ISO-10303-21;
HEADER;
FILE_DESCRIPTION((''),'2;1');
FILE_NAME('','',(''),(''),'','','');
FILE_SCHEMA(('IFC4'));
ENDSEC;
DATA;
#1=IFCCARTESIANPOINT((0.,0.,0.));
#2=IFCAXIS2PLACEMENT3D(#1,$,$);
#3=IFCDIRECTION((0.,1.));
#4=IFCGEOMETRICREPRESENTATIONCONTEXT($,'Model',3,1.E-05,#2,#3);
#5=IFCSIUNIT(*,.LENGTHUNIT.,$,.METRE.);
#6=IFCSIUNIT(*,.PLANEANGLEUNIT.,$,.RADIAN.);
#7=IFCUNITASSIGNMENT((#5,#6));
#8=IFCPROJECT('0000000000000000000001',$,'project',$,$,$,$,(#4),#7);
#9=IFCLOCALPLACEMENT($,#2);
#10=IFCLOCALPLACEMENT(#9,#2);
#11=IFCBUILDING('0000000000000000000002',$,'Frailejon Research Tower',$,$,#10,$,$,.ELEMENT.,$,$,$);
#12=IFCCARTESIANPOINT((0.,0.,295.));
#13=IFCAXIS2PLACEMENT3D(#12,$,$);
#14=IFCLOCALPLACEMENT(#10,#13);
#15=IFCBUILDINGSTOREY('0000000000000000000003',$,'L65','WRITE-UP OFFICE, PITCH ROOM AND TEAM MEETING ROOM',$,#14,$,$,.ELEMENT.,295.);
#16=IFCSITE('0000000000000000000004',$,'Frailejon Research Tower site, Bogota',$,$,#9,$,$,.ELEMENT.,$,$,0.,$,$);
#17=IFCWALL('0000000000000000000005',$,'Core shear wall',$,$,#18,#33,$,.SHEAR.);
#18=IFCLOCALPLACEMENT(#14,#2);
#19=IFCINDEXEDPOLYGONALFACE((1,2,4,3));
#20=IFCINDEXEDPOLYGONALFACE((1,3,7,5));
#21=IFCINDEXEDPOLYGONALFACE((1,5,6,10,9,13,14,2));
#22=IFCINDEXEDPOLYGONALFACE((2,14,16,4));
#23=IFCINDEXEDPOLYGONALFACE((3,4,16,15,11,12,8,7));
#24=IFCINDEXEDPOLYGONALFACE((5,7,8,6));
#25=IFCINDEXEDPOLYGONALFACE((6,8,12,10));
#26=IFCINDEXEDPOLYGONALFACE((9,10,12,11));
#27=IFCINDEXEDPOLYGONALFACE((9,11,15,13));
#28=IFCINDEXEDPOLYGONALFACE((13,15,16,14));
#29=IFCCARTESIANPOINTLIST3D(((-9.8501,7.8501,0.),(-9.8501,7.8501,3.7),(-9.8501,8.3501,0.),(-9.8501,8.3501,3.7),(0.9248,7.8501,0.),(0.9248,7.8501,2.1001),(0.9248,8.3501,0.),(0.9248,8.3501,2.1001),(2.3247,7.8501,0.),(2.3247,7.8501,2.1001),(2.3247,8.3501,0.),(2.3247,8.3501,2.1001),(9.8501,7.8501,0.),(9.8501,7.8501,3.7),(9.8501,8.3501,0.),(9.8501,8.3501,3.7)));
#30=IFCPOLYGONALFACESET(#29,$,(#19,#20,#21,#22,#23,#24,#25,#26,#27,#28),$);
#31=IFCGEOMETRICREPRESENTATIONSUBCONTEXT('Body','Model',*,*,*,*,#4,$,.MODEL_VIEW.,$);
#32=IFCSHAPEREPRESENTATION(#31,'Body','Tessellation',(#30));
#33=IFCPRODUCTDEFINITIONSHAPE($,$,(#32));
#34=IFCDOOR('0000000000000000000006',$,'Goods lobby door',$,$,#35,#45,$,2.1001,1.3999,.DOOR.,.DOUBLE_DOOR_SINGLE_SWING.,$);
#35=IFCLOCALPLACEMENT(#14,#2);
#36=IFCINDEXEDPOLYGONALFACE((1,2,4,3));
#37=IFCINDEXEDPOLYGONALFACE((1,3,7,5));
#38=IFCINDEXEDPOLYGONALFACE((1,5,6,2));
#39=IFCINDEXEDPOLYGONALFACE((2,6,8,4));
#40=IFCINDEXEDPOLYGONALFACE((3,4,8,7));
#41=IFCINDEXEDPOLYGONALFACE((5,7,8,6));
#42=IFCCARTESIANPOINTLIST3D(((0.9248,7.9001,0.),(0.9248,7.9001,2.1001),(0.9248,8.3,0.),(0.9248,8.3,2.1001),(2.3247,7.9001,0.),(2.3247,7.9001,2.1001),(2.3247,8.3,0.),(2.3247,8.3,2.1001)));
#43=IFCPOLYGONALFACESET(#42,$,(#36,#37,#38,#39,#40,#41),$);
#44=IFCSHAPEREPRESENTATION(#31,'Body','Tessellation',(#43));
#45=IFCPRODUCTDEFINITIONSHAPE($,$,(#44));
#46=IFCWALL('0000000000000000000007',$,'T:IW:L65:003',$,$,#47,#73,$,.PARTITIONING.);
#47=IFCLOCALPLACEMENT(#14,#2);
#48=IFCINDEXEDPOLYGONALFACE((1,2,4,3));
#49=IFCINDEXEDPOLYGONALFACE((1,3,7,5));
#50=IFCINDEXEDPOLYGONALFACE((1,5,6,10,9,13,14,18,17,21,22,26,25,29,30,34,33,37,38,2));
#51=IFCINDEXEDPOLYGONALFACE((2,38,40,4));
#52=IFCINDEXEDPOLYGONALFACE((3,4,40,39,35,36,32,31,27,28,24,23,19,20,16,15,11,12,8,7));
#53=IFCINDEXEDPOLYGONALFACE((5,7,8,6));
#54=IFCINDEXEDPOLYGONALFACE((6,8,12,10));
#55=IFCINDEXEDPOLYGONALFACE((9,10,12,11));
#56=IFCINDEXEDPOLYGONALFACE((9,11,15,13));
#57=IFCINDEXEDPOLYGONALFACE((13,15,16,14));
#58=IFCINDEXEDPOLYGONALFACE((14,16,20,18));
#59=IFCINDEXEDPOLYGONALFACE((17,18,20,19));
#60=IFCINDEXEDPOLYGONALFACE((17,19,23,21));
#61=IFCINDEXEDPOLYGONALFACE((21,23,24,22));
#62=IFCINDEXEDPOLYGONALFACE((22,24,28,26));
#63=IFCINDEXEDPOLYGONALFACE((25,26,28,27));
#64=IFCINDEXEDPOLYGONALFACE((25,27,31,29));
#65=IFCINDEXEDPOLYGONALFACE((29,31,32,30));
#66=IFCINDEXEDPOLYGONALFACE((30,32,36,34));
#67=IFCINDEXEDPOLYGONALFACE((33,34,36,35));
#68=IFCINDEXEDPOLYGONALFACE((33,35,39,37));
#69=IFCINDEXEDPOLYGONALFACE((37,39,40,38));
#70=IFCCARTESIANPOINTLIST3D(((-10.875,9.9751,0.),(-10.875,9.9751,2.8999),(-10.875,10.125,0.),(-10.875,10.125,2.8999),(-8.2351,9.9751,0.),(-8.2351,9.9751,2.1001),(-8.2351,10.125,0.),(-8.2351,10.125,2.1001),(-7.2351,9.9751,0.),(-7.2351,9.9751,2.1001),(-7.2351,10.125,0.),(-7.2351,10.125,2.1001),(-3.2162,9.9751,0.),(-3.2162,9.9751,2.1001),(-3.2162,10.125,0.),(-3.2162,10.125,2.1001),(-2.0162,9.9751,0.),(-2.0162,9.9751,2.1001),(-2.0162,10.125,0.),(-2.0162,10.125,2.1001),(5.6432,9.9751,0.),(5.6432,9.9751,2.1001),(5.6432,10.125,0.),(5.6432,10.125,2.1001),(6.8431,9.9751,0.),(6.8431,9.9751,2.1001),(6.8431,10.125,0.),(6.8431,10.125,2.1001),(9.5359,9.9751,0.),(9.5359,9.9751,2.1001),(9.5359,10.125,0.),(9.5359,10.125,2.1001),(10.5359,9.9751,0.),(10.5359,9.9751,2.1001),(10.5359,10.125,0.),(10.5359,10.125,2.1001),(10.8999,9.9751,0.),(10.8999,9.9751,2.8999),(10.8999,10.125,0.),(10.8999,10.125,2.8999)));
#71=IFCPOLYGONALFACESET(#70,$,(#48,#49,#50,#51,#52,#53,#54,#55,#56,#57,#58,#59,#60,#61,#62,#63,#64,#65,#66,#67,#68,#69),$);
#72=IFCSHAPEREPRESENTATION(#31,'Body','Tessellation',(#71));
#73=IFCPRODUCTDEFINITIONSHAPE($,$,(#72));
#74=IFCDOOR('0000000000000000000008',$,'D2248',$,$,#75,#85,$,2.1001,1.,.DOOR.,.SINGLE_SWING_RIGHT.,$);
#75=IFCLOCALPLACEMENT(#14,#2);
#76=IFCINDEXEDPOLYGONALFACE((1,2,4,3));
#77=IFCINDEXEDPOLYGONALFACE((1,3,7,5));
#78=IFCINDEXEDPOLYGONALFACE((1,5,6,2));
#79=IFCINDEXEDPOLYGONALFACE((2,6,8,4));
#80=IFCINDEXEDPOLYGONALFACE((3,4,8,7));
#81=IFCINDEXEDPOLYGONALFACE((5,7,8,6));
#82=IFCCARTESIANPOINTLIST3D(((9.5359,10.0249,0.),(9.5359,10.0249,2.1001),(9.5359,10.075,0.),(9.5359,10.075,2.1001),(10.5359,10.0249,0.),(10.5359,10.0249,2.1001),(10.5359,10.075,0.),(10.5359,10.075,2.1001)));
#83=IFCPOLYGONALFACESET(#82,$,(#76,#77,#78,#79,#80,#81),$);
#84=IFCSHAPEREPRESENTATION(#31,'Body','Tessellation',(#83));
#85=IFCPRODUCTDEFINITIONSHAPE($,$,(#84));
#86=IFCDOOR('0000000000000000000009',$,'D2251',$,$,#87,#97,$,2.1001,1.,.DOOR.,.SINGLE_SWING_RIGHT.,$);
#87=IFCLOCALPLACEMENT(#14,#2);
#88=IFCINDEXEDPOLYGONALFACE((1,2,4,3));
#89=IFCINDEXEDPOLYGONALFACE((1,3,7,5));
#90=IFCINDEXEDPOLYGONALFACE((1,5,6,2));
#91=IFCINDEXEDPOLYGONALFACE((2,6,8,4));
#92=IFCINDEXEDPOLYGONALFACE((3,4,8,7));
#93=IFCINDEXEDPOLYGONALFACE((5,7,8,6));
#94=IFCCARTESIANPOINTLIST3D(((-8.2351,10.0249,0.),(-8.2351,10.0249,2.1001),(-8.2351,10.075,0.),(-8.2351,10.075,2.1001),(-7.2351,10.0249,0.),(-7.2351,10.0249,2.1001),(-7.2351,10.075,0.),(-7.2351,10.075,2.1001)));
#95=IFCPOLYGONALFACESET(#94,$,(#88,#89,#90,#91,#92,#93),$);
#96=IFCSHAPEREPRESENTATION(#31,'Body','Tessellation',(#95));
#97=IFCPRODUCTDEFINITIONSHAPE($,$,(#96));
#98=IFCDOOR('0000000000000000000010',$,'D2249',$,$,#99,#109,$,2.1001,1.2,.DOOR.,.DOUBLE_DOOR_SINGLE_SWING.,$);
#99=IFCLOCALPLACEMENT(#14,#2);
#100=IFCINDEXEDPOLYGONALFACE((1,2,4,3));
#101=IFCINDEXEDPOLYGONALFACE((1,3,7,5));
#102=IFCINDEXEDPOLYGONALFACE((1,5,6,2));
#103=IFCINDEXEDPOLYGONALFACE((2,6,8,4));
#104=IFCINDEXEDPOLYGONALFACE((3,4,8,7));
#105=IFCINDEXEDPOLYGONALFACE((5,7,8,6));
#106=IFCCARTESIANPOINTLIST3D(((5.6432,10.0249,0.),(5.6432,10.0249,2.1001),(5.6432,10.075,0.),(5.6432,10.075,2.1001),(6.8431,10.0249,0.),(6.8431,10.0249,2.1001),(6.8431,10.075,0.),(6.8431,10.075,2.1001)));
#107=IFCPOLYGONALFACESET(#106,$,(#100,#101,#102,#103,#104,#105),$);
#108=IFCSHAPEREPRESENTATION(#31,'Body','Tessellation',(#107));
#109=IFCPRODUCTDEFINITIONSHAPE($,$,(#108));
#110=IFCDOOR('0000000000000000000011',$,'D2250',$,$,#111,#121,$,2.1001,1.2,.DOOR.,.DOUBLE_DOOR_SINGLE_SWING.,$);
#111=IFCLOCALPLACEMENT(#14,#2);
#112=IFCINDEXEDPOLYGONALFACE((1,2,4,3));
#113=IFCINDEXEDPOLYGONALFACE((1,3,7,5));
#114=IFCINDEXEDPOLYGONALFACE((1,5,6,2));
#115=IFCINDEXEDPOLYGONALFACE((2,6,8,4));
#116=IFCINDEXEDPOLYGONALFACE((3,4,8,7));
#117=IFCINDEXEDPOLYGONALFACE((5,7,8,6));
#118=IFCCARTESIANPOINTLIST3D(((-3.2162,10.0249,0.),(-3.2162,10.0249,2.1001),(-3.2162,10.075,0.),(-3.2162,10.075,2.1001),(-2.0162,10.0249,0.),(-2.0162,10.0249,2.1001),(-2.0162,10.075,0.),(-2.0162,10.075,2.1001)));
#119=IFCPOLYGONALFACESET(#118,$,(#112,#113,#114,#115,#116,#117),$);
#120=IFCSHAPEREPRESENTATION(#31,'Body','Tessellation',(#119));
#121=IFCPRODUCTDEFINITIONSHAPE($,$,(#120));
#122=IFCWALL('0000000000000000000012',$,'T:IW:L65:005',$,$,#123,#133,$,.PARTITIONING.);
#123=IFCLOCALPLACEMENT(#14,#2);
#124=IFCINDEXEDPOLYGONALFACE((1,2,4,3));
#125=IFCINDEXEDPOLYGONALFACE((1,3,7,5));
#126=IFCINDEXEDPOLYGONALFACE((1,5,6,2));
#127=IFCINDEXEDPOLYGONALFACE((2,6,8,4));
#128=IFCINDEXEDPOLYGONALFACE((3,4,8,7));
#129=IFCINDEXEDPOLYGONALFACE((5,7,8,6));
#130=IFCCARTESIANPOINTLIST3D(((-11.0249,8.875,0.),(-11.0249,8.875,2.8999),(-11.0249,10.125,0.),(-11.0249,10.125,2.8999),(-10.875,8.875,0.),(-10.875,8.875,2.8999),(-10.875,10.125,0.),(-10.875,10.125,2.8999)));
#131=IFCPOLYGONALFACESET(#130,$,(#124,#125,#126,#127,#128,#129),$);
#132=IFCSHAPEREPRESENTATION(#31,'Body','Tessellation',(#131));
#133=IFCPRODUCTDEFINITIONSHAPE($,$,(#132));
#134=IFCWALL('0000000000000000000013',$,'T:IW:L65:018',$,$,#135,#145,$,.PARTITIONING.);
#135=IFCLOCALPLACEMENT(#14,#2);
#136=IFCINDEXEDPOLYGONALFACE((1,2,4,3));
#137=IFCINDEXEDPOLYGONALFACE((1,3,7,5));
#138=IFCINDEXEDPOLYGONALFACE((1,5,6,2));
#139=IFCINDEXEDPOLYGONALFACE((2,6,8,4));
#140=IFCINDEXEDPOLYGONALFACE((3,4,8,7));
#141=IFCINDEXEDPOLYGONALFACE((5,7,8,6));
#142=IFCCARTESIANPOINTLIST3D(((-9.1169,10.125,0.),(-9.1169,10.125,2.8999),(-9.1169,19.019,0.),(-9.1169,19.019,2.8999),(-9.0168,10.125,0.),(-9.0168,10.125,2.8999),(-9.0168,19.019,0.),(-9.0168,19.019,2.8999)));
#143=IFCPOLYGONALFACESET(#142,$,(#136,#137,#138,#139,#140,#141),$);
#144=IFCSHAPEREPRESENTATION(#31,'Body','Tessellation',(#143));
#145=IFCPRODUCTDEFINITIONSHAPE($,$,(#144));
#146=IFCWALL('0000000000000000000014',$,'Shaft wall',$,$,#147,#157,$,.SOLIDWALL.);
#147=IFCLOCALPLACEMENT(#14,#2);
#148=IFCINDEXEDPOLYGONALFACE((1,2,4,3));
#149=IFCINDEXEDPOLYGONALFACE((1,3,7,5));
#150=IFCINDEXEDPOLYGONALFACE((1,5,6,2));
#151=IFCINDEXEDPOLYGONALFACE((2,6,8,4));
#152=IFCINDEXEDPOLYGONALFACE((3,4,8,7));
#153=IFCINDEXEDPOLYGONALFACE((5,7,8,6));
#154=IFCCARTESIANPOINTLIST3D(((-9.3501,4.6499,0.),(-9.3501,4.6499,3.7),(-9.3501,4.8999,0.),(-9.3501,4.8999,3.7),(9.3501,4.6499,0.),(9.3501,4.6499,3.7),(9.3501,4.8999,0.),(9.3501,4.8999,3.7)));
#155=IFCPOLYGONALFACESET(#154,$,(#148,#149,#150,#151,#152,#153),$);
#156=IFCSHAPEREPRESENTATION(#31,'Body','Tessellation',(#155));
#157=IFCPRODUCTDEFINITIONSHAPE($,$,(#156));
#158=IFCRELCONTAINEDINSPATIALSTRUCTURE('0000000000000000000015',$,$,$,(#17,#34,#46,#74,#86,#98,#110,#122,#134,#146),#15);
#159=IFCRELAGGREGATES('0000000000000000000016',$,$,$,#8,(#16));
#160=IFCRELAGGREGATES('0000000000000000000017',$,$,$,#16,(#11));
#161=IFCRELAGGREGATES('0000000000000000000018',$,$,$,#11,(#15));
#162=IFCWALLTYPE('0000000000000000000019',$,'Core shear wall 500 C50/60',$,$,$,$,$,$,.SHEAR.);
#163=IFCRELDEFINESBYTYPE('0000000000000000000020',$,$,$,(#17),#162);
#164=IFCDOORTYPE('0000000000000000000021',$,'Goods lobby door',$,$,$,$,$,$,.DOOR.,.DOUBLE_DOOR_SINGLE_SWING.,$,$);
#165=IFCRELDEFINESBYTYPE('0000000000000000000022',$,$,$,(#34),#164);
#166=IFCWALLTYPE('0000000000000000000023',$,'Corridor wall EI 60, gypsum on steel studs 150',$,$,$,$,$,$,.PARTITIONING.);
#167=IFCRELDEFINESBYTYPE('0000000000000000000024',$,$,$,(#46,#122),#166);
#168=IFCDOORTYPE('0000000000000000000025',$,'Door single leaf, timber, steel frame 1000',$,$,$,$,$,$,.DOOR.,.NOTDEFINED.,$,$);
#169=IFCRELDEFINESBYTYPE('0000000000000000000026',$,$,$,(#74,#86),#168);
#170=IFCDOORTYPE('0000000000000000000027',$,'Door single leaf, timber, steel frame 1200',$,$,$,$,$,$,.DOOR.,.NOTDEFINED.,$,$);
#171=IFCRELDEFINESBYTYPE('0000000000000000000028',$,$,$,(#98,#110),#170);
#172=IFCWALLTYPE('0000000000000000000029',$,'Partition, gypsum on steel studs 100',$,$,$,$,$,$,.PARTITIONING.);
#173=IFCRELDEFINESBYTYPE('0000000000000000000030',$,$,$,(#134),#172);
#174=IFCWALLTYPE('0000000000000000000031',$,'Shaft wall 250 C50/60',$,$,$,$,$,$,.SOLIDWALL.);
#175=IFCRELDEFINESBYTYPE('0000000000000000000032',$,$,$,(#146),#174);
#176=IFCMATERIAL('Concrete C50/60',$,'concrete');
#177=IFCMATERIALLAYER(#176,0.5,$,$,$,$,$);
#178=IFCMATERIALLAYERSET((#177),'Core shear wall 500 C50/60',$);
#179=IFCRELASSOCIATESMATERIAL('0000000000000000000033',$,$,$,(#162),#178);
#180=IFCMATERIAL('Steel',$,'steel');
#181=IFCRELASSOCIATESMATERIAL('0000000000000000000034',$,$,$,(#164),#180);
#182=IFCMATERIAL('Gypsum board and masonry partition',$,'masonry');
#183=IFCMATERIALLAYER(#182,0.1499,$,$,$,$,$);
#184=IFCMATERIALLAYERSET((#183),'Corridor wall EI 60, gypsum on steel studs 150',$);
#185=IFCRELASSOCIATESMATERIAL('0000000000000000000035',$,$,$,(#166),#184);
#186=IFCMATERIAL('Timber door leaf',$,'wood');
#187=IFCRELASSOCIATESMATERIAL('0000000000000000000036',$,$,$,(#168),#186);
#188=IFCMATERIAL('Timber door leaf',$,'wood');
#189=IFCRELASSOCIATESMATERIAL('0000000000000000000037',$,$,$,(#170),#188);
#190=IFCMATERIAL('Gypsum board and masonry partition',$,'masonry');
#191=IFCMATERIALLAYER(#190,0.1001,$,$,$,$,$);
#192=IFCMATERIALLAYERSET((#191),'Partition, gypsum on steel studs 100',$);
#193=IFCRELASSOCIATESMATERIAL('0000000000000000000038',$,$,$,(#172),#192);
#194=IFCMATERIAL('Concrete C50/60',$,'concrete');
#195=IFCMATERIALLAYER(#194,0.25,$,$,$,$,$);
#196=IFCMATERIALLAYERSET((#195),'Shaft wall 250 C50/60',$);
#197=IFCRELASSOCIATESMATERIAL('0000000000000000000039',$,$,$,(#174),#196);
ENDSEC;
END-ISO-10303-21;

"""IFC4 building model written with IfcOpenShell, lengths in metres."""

from ifc_helpers import new_model, si_unit, direction, frame, frame_2d, origin, place, context, subcontext, project, spatial, rectangle, extrude, material, layer, layer_set, type_object, element, fill, save


model = new_model("IFC4")

# Units and contexts
model_context = context("Model", 3, precision=1e-05, world=origin(), true_north=direction((0.0, 1.0)))
body_context = subcontext(model_context, "Body", "Model", "MODEL_VIEW")
ifc_project = project(units=[si_unit("LENGTHUNIT", "METRE"), si_unit("PLANEANGLEUNIT", "RADIAN")], contexts=[model_context])

# Site, building, storey
site_placement = place(None, origin())
site = spatial("IfcSite", under=ifc_project, at=site_placement, Name="Frailejon Research Tower site, Bogota", CompositionType="ELEMENT", RefElevation=0.0)
building_placement = place(site_placement, origin())
building = spatial("IfcBuilding", under=site, at=building_placement, Name="Frailejon Research Tower", CompositionType="ELEMENT")
storey_placement = place(building_placement, frame((0.0, 0.0, 295.0)))
storey = spatial("IfcBuildingStorey", under=building, at=storey_placement, Name="L65", Description="WRITE-UP OFFICE, PITCH ROOM AND TEAM MEETING ROOM", CompositionType="ELEMENT", Elevation=295.0)

# Wall, opening, door
ifc_material_1 = material(Name="Concrete C50/60", Category="concrete")
ifc_layer_1 = layer(ifc_material_1, 0.5)
ifc_layer_set_1 = layer_set([ifc_layer_1], Name="Core shear wall 500 C50/60")
wall_type_1 = type_object("IfcWallType", Name="Core shear wall 500 C50/60", PredefinedType="SHEAR", material=ifc_layer_set_1)
wall_1_placement = place(storey_placement, frame((-9.8501, 8.1001, 0.0), z_axis=(0.0, 0.0, 1.0), x_axis=(1.0, 0.0, 0.0)))
wall_1 = element("IfcWall", 1, at=wall_1_placement, inside=storey, type_object=wall_type_1, Name="Core shear wall", PredefinedType="SHEAR", context=body_context, shape_type="SweptSolid", body=[
    extrude(rectangle(XDim=19.7002, YDim=0.5, at=frame_2d((9.8501, 0.0))), origin(), (0.0, 0.0, 1.0), 3.7),
])
opening_1_placement = place(wall_1_placement, frame((10.7749, 0.0, 0.0)))
opening_1 = element("IfcOpeningElement", 2, at=opening_1_placement, cuts=wall_1, PredefinedType="OPENING", context=body_context, shape_type="SweptSolid", body=[
    extrude(rectangle(XDim=1.3999, YDim=2.1001, at=frame_2d((0.7, 1.05))), frame((0.0, 0.26, 0.0), z_axis=(0.0, -1.0, 0.0), x_axis=(1.0, 0.0, 0.0)), (0.0, 0.0, 1.0), 0.52),
])
ifc_material_2 = material(Name="Steel", Category="steel")
door_type_1 = type_object("IfcDoorType", Name="Goods lobby door", OperationType="DOUBLE_DOOR_SINGLE_SWING", PredefinedType="DOOR", material=ifc_material_2)
door_1_placement = place(opening_1_placement, origin())
door_1 = element("IfcDoor", 3, at=door_1_placement, inside=storey, type_object=door_type_1, Name="Goods lobby door", OperationType="DOUBLE_DOOR_SINGLE_SWING", OverallHeight=2.1001, OverallWidth=1.3999, PredefinedType="DOOR", context=body_context, shape_type="SweptSolid", body=[
    extrude(rectangle(XDim=1.3999, YDim=2.1001, at=frame_2d((0.7, 1.05))), frame((0.0, 0.2, 0.0), z_axis=(0.0, -1.0, 0.0), x_axis=(1.0, 0.0, 0.0)), (0.0, 0.0, 1.0), 0.3999),
])
fill(opening_1, door_1)

# Wall, openings, doors
ifc_material_3 = material(Name="Gypsum board and masonry partition", Category="masonry")
ifc_layer_2 = layer(ifc_material_3, 0.1499)
ifc_layer_set_2 = layer_set([ifc_layer_2], Name="Corridor wall EI 60, gypsum on steel studs 150")
wall_type_2 = type_object("IfcWallType", Name="Corridor wall EI 60, gypsum on steel studs 150", PredefinedType="PARTITIONING", material=ifc_layer_set_2)
wall_2_placement = place(storey_placement, frame((-10.875, 10.05, 0.0), z_axis=(0.0, 0.0, 1.0), x_axis=(1.0, 0.0, 0.0)))
wall_2 = element("IfcWall", 4, at=wall_2_placement, inside=storey, type_object=wall_type_2, Name="T:IW:L65:003", PredefinedType="PARTITIONING", context=body_context, shape_type="SweptSolid", body=[
    extrude(rectangle(XDim=21.7749, YDim=0.1499, at=frame_2d((10.8875, 0.0))), origin(), (0.0, 0.0, 1.0), 2.8999),
])
opening_2_placement = place(wall_2_placement, frame((20.4109, 0.0, 0.0)))
opening_2 = element("IfcOpeningElement", 5, at=opening_2_placement, cuts=wall_2, PredefinedType="OPENING", context=body_context, shape_type="SweptSolid", body=[
    extrude(rectangle(XDim=1.0, YDim=2.1001, at=frame_2d((0.5, 1.05))), frame((0.0, 0.085, 0.0), z_axis=(0.0, -1.0, 0.0), x_axis=(1.0, 0.0, 0.0)), (0.0, 0.0, 1.0), 0.1699),
])
opening_3_placement = place(wall_2_placement, frame((16.5181, 0.0, 0.0)))
opening_3 = element("IfcOpeningElement", 6, at=opening_3_placement, cuts=wall_2, PredefinedType="OPENING", context=body_context, shape_type="SweptSolid", body=[
    extrude(rectangle(XDim=1.2, YDim=2.1001, at=frame_2d((0.6001, 1.05))), frame((0.0, 0.085, 0.0), z_axis=(0.0, -1.0, 0.0), x_axis=(1.0, 0.0, 0.0)), (0.0, 0.0, 1.0), 0.1699),
])
opening_4_placement = place(wall_2_placement, frame((7.6587, 0.0, 0.0)))
opening_4 = element("IfcOpeningElement", 7, at=opening_4_placement, cuts=wall_2, PredefinedType="OPENING", context=body_context, shape_type="SweptSolid", body=[
    extrude(rectangle(XDim=1.2, YDim=2.1001, at=frame_2d((0.6001, 1.05))), frame((0.0, 0.085, 0.0), z_axis=(0.0, -1.0, 0.0), x_axis=(1.0, 0.0, 0.0)), (0.0, 0.0, 1.0), 0.1699),
])
opening_5_placement = place(wall_2_placement, frame((2.6399, 0.0, 0.0)))
opening_5 = element("IfcOpeningElement", 8, at=opening_5_placement, cuts=wall_2, PredefinedType="OPENING", context=body_context, shape_type="SweptSolid", body=[
    extrude(rectangle(XDim=1.0, YDim=2.1001, at=frame_2d((0.5, 1.05))), frame((0.0, 0.085, 0.0), z_axis=(0.0, -1.0, 0.0), x_axis=(1.0, 0.0, 0.0)), (0.0, 0.0, 1.0), 0.1699),
])
ifc_material_4 = material(Name="Timber door leaf", Category="wood")
door_type_2 = type_object("IfcDoorType", Name="Door single leaf, timber, steel frame 1000", OperationType="NOTDEFINED", PredefinedType="DOOR", material=ifc_material_4)
door_2_placement = place(opening_2_placement, origin())
door_2 = element("IfcDoor", 9, at=door_2_placement, inside=storey, type_object=door_type_2, Name="D2248", OperationType="SINGLE_SWING_RIGHT", OverallHeight=2.1001, OverallWidth=1.0, PredefinedType="DOOR", context=body_context, shape_type="SweptSolid", body=[
    extrude(rectangle(XDim=1.0, YDim=2.1001, at=frame_2d((0.5, 1.05))), frame((0.0, 0.0249, 0.0), z_axis=(0.0, -1.0, 0.0), x_axis=(1.0, 0.0, 0.0)), (0.0, 0.0, 1.0), 0.05),
])
fill(opening_2, door_2)
door_3_placement = place(opening_5_placement, origin())
door_3 = element("IfcDoor", 10, at=door_3_placement, inside=storey, type_object=door_type_2, Name="D2251", OperationType="SINGLE_SWING_RIGHT", OverallHeight=2.1001, OverallWidth=1.0, PredefinedType="DOOR", context=body_context, shape_type="SweptSolid", body=[
    extrude(rectangle(XDim=1.0, YDim=2.1001, at=frame_2d((0.5, 1.05))), frame((0.0, 0.0249, 0.0), z_axis=(0.0, -1.0, 0.0), x_axis=(1.0, 0.0, 0.0)), (0.0, 0.0, 1.0), 0.05),
])
fill(opening_5, door_3)
ifc_material_5 = material(Name="Timber door leaf", Category="wood")
door_type_3 = type_object("IfcDoorType", Name="Door single leaf, timber, steel frame 1200", OperationType="NOTDEFINED", PredefinedType="DOOR", material=ifc_material_5)
door_4_placement = place(opening_3_placement, origin())
door_4 = element("IfcDoor", 11, at=door_4_placement, inside=storey, type_object=door_type_3, Name="D2249", OperationType="DOUBLE_DOOR_SINGLE_SWING", OverallHeight=2.1001, OverallWidth=1.2, PredefinedType="DOOR", context=body_context, shape_type="SweptSolid", body=[
    extrude(rectangle(XDim=1.2, YDim=2.1001, at=frame_2d((0.6001, 1.05))), frame((0.0, 0.0249, 0.0), z_axis=(0.0, -1.0, 0.0), x_axis=(1.0, 0.0, 0.0)), (0.0, 0.0, 1.0), 0.05),
])
fill(opening_3, door_4)
door_5_placement = place(opening_4_placement, origin())
door_5 = element("IfcDoor", 12, at=door_5_placement, inside=storey, type_object=door_type_3, Name="D2250", OperationType="DOUBLE_DOOR_SINGLE_SWING", OverallHeight=2.1001, OverallWidth=1.2, PredefinedType="DOOR", context=body_context, shape_type="SweptSolid", body=[
    extrude(rectangle(XDim=1.2, YDim=2.1001, at=frame_2d((0.6001, 1.05))), frame((0.0, 0.0249, 0.0), z_axis=(0.0, -1.0, 0.0), x_axis=(1.0, 0.0, 0.0)), (0.0, 0.0, 1.0), 0.05),
])
fill(opening_4, door_5)

# Walls
wall_3_placement = place(storey_placement, frame((-10.95, 8.875, 0.0), z_axis=(0.0, 0.0, 1.0), x_axis=(0.0, 1.0, 0.0)))
element("IfcWall", 13, at=wall_3_placement, inside=storey, type_object=wall_type_2, Name="T:IW:L65:005", PredefinedType="PARTITIONING", context=body_context, shape_type="SweptSolid", body=[
    extrude(rectangle(XDim=1.25, YDim=0.1499, at=frame_2d((0.625, 0.0))), origin(), (0.0, 0.0, 1.0), 2.8999),
])
ifc_material_6 = material(Name="Gypsum board and masonry partition", Category="masonry")
ifc_layer_3 = layer(ifc_material_6, 0.1001)
ifc_layer_set_3 = layer_set([ifc_layer_3], Name="Partition, gypsum on steel studs 100")
wall_type_3 = type_object("IfcWallType", Name="Partition, gypsum on steel studs 100", PredefinedType="PARTITIONING", material=ifc_layer_set_3)
wall_4_placement = place(storey_placement, frame((-9.0669, 10.125, 0.0), z_axis=(0.0, 0.0, 1.0), x_axis=(0.0, 1.0, 0.0)))
element("IfcWall", 14, at=wall_4_placement, inside=storey, type_object=wall_type_3, Name="T:IW:L65:018", PredefinedType="PARTITIONING", context=body_context, shape_type="SweptSolid", body=[
    extrude(rectangle(XDim=8.894, YDim=0.1001, at=frame_2d((4.447, 0.0))), origin(), (0.0, 0.0, 1.0), 2.8999),
])

# Shared definitions
ifc_material_7 = material(Name="Concrete C50/60", Category="concrete")
ifc_layer_4 = layer(ifc_material_7, 0.25)
ifc_layer_set_4 = layer_set([ifc_layer_4], Name="Shaft wall 250 C50/60")
wall_type_4 = type_object("IfcWallType", Name="Shaft wall 250 C50/60", PredefinedType="SOLIDWALL", material=ifc_layer_set_4)

# Wall
wall_5_placement = place(storey_placement, frame((-9.3501, 4.7749, 0.0), z_axis=(0.0, 0.0, 1.0), x_axis=(1.0, 0.0, 0.0)))
element("IfcWall", 15, at=wall_5_placement, inside=storey, type_object=wall_type_4, Name="Shaft wall", PredefinedType="SOLIDWALL", context=body_context, shape_type="SweptSolid", body=[
    extrude(rectangle(XDim=18.7002, YDim=0.25, at=frame_2d((9.3501, 0.0))), origin(), (0.0, 0.0, 1.0), 3.7),
])

save(model, "model.ifc")
